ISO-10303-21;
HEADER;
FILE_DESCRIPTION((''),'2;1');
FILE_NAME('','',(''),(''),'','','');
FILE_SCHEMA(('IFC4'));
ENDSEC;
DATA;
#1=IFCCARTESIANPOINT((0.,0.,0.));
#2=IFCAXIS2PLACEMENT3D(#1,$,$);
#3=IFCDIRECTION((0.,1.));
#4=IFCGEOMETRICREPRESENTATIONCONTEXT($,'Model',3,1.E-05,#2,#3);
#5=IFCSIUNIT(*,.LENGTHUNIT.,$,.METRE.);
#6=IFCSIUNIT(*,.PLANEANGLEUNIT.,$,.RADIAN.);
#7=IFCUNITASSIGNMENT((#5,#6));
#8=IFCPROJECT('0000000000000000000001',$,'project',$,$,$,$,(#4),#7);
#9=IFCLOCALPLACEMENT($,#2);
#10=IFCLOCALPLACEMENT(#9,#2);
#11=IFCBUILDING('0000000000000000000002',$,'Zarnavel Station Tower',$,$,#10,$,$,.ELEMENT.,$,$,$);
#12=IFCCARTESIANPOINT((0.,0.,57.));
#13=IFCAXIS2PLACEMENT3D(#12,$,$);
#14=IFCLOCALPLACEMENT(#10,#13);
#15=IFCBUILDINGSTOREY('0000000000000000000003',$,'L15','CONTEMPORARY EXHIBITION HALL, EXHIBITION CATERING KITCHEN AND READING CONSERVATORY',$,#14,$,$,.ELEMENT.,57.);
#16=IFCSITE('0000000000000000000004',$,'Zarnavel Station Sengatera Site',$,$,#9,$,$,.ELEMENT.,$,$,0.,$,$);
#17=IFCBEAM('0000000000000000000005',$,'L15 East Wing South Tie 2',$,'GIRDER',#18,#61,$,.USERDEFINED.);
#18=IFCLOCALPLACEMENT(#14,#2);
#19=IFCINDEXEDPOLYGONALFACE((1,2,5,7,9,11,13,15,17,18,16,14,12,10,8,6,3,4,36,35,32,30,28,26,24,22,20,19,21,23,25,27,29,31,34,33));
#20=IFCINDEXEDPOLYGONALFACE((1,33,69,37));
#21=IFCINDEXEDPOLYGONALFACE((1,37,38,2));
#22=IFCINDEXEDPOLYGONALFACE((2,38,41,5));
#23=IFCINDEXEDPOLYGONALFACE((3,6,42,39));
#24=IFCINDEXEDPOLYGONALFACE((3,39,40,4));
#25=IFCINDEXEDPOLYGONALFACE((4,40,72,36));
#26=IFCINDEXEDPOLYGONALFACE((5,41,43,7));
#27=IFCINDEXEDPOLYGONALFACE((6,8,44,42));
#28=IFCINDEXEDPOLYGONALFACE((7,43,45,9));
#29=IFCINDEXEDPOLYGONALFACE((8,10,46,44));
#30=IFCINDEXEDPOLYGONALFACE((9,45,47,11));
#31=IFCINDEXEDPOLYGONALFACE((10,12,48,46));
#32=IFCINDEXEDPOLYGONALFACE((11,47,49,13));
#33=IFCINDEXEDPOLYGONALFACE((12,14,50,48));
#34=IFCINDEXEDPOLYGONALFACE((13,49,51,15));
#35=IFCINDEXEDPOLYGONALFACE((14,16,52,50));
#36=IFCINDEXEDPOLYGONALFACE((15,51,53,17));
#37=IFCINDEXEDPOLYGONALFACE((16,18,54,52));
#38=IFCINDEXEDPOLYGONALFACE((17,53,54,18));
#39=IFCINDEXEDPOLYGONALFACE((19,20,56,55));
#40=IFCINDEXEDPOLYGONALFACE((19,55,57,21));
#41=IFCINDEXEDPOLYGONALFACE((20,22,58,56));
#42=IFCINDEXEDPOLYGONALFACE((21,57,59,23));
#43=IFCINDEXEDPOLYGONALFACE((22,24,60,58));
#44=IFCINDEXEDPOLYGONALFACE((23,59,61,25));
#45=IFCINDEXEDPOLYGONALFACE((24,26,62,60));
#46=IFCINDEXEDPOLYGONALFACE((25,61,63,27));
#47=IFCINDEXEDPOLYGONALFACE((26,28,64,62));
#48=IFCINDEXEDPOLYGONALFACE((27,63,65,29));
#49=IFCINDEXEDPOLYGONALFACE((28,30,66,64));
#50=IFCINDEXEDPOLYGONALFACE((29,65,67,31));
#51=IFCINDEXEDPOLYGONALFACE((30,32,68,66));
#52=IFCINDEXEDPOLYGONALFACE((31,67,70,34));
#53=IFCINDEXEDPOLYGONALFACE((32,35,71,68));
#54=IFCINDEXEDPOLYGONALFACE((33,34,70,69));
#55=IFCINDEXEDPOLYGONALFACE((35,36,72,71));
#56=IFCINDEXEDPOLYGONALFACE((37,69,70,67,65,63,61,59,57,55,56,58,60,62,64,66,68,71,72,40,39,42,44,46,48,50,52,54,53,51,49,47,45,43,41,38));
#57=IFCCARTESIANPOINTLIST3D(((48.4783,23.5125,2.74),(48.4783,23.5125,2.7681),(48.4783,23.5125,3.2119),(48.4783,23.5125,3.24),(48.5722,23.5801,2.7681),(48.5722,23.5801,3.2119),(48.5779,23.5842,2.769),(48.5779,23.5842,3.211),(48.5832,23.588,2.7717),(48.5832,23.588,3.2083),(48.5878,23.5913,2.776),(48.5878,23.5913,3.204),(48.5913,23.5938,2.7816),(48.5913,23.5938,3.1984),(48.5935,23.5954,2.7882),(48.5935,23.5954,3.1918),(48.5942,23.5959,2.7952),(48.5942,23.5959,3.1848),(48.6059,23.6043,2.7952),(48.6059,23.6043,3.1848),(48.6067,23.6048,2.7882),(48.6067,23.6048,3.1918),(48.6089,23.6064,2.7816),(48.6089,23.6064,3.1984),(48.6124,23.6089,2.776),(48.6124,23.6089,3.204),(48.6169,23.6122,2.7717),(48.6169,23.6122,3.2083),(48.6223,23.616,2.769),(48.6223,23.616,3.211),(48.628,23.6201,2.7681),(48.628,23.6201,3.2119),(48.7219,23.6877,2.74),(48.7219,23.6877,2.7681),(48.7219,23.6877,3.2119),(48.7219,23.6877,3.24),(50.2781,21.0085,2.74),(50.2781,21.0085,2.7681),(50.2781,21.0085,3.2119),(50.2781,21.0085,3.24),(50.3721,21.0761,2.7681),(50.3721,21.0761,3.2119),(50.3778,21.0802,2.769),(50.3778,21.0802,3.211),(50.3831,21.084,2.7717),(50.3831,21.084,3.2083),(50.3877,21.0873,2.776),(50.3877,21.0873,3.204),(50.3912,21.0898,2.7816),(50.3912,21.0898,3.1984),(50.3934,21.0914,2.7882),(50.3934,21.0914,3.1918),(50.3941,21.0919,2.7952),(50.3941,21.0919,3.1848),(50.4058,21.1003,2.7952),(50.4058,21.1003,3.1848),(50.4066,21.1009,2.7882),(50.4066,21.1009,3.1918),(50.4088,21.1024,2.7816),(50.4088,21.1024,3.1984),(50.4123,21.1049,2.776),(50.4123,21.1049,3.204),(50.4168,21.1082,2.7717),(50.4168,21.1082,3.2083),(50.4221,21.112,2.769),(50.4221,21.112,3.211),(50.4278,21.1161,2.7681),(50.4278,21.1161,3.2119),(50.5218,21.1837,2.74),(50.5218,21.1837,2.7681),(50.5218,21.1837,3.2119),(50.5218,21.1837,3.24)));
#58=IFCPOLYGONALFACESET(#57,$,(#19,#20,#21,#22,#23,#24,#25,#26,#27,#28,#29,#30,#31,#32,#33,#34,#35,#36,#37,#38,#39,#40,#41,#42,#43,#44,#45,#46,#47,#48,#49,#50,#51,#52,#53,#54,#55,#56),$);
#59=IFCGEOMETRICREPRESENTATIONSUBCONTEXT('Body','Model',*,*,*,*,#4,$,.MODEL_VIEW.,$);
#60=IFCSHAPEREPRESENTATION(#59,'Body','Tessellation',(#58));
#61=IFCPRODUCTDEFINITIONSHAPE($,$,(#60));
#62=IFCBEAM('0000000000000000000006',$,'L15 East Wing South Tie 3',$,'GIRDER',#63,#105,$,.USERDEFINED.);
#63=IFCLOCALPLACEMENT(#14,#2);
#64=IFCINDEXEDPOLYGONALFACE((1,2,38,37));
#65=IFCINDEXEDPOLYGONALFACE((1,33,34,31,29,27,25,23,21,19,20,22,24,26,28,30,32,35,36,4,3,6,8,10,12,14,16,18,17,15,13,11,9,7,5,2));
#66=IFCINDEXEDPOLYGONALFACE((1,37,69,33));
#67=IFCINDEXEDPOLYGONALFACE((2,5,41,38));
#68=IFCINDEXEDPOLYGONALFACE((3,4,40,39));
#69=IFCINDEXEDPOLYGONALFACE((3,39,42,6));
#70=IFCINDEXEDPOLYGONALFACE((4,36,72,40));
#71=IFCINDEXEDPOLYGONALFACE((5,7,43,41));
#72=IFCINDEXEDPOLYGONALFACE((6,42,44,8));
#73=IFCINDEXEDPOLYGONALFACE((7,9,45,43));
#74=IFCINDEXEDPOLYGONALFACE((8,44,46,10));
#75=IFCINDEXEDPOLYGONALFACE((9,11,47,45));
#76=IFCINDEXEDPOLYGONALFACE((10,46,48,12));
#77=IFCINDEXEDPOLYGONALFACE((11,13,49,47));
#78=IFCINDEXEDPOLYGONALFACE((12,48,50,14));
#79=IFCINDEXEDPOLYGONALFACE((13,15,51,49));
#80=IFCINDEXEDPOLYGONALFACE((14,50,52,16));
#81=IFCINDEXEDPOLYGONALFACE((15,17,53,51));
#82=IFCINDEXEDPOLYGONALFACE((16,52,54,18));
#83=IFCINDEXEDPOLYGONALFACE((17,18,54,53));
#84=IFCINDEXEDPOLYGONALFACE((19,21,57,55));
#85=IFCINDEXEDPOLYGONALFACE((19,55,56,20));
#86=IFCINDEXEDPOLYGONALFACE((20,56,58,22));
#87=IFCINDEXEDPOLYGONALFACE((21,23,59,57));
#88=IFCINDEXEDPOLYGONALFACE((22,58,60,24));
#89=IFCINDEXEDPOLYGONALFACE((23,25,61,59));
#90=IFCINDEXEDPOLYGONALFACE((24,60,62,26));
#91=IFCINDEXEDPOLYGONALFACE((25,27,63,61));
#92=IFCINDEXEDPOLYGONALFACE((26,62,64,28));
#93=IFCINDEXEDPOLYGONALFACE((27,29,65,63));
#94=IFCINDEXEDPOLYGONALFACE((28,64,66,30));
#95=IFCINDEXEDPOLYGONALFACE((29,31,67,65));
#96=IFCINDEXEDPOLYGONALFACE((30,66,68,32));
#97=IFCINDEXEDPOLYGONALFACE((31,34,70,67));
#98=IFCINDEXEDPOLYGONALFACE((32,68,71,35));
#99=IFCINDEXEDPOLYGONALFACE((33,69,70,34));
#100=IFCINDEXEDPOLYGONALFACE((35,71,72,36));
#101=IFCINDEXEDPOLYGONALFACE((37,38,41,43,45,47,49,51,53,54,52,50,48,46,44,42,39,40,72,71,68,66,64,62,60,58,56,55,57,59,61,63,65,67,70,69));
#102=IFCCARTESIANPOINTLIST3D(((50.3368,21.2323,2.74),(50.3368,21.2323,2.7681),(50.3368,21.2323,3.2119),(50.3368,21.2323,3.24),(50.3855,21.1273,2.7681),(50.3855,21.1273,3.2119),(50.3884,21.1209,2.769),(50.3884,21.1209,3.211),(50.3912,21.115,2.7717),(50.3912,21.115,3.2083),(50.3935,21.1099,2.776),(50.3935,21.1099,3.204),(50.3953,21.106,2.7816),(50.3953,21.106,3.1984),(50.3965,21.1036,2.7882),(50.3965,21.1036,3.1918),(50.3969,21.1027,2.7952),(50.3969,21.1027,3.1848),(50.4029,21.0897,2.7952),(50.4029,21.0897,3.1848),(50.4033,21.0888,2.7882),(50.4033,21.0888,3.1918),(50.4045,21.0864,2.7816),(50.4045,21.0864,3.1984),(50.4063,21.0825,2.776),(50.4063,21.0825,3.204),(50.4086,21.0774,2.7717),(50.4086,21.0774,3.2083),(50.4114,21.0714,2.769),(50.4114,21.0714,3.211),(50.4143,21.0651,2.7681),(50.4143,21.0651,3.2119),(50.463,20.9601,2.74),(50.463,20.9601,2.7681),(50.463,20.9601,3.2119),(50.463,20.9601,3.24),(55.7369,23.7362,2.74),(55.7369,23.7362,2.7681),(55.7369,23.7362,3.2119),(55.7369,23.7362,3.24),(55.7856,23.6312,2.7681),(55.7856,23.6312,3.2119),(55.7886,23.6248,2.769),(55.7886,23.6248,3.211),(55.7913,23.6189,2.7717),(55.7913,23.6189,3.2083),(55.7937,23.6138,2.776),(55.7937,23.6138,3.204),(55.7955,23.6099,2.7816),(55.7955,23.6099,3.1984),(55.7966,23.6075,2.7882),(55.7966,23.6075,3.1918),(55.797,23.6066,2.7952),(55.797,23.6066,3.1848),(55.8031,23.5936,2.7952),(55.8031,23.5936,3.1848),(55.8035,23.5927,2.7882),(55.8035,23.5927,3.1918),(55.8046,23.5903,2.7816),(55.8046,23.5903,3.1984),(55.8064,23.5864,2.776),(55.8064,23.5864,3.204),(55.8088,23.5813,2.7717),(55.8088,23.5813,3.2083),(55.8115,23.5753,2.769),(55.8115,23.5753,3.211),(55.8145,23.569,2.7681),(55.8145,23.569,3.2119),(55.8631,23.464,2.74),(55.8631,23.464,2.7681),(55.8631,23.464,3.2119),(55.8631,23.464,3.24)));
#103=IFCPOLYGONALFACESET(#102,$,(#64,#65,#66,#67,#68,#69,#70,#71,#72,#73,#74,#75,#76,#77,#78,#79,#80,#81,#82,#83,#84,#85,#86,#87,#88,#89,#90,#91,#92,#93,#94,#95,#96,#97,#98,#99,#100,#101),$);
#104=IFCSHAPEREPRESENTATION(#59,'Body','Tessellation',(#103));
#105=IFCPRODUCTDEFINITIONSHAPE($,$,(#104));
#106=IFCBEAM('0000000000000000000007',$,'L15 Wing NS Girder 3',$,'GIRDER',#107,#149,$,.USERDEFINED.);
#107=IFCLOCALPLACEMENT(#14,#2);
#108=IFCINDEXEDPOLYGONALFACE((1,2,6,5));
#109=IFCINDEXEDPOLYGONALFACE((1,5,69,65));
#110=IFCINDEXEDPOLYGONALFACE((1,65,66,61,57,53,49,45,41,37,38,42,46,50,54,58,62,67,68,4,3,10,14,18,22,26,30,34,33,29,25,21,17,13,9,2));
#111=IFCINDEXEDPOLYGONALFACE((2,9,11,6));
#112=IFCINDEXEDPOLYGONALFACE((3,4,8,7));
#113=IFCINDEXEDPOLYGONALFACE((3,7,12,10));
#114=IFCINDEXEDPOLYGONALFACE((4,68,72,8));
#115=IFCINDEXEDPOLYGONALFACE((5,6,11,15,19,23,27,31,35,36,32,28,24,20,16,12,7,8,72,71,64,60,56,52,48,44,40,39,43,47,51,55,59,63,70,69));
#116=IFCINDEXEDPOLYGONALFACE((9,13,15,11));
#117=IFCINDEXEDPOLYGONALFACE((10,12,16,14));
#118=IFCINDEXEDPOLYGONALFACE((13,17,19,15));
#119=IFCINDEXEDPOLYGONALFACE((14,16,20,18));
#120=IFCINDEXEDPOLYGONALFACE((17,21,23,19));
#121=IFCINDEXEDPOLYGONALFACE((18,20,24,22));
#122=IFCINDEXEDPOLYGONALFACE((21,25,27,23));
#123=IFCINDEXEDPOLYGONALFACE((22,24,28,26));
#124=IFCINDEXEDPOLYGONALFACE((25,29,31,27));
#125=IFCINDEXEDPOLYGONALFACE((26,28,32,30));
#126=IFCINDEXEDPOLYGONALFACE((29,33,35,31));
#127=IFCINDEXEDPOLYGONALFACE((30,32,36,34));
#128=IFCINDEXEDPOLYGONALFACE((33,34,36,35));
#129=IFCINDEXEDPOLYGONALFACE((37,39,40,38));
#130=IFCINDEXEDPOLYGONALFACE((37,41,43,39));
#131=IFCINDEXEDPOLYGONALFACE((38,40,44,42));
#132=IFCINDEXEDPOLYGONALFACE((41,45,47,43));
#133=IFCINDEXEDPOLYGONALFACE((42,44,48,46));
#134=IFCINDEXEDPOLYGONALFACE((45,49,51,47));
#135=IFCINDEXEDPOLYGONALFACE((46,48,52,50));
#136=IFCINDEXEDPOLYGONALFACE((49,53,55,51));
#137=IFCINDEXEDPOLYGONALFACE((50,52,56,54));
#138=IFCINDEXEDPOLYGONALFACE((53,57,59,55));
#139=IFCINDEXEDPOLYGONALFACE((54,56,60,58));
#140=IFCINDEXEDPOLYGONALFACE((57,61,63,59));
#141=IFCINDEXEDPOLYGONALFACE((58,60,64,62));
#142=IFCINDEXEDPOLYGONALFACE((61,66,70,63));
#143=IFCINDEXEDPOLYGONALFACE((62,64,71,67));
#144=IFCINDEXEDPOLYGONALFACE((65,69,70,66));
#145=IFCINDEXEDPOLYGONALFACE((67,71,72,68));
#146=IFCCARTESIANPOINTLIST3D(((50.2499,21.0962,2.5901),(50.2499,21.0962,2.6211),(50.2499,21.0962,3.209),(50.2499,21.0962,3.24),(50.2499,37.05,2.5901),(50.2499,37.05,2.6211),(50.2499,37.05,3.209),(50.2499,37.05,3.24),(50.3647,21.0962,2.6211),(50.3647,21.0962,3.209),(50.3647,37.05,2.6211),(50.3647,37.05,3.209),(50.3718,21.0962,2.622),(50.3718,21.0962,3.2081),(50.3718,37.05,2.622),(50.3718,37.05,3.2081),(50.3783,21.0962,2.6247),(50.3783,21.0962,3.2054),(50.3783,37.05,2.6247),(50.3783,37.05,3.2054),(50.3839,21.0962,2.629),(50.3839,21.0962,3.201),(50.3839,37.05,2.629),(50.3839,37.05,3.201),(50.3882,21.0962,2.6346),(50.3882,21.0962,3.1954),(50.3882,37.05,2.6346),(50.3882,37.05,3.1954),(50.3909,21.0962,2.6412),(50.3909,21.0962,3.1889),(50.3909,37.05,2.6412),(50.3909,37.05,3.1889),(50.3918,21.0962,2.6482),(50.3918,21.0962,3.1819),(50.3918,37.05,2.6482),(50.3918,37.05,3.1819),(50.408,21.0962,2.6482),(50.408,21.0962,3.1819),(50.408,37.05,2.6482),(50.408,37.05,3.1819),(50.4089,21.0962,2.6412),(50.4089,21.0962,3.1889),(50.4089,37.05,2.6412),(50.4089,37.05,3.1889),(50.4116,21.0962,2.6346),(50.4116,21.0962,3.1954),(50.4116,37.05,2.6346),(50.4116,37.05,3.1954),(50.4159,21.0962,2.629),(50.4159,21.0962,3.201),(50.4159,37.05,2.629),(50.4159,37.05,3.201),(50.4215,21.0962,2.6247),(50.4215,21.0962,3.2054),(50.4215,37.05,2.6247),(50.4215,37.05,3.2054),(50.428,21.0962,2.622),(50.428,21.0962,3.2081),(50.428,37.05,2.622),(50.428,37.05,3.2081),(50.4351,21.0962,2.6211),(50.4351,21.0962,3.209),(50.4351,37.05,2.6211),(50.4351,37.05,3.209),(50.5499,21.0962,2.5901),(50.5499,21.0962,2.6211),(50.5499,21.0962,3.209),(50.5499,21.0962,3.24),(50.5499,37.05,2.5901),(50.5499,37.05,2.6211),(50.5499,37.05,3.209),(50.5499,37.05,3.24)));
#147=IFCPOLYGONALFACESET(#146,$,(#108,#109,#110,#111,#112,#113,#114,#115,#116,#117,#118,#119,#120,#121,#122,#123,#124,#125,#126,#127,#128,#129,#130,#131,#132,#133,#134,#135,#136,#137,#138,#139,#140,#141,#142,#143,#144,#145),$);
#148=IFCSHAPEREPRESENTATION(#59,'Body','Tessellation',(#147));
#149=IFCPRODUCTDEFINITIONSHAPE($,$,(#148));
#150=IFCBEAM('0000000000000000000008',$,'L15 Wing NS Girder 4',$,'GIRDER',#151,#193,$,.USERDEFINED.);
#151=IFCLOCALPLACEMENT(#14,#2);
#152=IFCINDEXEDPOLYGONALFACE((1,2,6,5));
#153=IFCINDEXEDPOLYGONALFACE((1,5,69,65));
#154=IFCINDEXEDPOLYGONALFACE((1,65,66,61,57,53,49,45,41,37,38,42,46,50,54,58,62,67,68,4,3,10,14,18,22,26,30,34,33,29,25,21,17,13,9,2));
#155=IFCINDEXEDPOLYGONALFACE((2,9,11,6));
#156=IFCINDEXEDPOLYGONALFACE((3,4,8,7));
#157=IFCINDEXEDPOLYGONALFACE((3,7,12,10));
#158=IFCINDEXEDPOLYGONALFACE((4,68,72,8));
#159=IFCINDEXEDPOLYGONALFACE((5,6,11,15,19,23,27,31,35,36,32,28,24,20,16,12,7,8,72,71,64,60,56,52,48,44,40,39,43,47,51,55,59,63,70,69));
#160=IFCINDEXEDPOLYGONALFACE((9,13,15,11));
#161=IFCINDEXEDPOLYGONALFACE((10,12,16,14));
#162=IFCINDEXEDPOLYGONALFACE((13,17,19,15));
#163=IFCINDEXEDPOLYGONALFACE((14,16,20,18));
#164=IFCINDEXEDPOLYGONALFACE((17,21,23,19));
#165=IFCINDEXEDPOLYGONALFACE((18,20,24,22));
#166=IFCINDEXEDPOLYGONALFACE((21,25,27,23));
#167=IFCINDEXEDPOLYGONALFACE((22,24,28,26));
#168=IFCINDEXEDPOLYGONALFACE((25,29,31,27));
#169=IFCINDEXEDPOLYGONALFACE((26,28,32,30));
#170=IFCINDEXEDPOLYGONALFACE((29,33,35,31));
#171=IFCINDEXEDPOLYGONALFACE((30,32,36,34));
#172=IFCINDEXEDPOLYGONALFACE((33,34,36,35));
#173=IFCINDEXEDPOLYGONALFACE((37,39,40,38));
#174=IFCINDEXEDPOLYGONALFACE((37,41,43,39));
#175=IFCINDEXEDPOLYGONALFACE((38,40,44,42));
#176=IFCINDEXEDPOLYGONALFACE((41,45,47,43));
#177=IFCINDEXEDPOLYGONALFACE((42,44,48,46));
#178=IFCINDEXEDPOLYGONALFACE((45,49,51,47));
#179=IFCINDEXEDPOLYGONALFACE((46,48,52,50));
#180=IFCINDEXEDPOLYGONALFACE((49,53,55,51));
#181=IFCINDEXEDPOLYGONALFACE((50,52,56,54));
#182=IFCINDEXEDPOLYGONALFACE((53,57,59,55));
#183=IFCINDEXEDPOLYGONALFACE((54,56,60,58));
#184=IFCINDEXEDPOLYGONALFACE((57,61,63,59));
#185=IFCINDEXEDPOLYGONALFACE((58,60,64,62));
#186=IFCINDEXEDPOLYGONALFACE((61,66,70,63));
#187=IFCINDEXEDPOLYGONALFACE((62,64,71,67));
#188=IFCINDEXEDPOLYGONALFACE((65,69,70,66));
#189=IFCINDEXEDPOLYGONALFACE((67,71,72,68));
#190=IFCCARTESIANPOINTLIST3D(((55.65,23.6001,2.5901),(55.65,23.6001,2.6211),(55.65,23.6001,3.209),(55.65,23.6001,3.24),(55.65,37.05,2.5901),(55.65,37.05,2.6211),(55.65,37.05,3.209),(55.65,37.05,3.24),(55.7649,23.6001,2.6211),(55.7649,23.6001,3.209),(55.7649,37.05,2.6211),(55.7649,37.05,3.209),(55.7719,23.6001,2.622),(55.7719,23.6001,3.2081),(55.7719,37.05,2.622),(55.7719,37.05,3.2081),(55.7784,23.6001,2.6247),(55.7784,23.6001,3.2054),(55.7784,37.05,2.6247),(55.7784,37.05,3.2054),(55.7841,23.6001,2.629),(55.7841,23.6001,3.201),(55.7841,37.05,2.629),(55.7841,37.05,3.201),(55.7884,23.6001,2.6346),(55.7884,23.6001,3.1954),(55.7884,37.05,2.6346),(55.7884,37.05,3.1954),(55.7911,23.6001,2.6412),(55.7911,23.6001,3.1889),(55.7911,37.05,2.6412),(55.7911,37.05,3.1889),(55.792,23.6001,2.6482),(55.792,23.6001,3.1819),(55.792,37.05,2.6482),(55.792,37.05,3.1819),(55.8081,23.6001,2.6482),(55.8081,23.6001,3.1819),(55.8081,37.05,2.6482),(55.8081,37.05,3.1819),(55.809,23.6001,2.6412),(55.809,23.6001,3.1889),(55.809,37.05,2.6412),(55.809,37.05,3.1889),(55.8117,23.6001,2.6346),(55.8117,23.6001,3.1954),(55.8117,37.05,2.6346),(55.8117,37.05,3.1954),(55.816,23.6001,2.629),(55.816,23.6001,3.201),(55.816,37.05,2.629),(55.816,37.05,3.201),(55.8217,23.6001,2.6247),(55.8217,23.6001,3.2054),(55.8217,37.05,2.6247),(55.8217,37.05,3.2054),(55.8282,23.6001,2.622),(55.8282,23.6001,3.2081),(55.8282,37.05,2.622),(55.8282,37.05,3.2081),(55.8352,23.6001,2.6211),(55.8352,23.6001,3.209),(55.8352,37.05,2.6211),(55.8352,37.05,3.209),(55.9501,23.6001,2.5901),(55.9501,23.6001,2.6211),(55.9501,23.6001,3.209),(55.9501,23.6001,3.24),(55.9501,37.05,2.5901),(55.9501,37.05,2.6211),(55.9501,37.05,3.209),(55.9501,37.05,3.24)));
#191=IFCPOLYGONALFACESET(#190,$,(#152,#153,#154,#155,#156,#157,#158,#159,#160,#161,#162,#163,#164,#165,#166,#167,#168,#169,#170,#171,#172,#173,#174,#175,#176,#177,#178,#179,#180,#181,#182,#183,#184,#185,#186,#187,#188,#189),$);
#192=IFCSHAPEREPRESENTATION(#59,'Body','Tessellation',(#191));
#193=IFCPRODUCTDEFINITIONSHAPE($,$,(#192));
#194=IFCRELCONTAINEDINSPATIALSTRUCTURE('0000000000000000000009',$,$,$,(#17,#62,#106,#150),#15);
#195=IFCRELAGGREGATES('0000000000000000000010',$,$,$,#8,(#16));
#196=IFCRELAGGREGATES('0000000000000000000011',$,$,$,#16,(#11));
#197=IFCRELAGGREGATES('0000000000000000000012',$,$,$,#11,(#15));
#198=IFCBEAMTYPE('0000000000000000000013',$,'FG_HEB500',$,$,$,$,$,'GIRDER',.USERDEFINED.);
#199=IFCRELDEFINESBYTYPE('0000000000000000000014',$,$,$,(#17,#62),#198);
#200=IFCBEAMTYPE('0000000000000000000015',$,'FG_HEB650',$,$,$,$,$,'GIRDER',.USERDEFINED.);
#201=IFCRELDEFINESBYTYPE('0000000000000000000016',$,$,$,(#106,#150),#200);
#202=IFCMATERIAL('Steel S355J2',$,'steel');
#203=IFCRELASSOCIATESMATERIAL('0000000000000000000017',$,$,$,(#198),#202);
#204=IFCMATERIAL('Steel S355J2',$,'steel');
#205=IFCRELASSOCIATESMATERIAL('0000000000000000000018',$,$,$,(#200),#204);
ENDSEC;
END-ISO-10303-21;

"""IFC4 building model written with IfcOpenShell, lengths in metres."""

from ifc_helpers import new_model, si_unit, direction, frame, origin, origin_2d, place, context, subcontext, project, spatial, i_section, extrude, material, material_profile, profile_set, type_object, element, save


model = new_model("IFC4")

# Units and contexts
model_context = context("Model", 3, precision=1e-05, world=origin(), true_north=direction((0.0, 1.0)))
body_context = subcontext(model_context, "Body", "Model", "MODEL_VIEW")
ifc_project = project(units=[si_unit("LENGTHUNIT", "METRE"), si_unit("PLANEANGLEUNIT", "RADIAN")], contexts=[model_context])

# Site, building, storey
site_placement = place(None, origin())
site = spatial("IfcSite", under=ifc_project, at=site_placement, Name="Zarnavel Station Sengatera Site", CompositionType="ELEMENT", RefElevation=0.0)
building_placement = place(site_placement, origin())
building = spatial("IfcBuilding", under=site, at=building_placement, Name="Zarnavel Station Tower", CompositionType="ELEMENT")
storey_placement = place(building_placement, frame((0.0, 0.0, 57.0)))
storey = spatial("IfcBuildingStorey", under=building, at=storey_placement, Name="L15", Description="CONTEMPORARY EXHIBITION HALL, EXHIBITION CATERING KITCHEN AND READING CONSERVATORY", CompositionType="ELEMENT", Elevation=57.0)

# Beams
ifc_material_1 = material(Name="Steel S355J2", Category="steel")
ifc_material_profile_1 = material_profile(ifc_material_1, i_section(OverallWidth=0.3, OverallDepth=0.5, WebThickness=0.0144, FlangeThickness=0.0281, FilletRadius=0.0271, at=origin_2d()), Name="HEB500")
ifc_profile_set_1 = profile_set([ifc_material_profile_1], Name="Steel S355J2")
beam_type_1 = type_object("IfcBeamType", Name="FG_HEB500", ElementType="GIRDER", PredefinedType="USERDEFINED", material=ifc_profile_set_1)
beam_1_placement = place(storey_placement, frame((48.6001, 23.6001, 2.99), z_axis=(0.583662, -0.811997, 0.0), x_axis=(0.811997, 0.583662, 0.0)))
element("IfcBeam", 1, at=beam_1_placement, inside=storey, type_object=beam_type_1, Name="L15 East Wing South Tie 2", ObjectType="GIRDER", PredefinedType="USERDEFINED", context=body_context, shape_type="SweptSolid", body=[
    extrude(i_section(OverallWidth=0.3, OverallDepth=0.5, WebThickness=0.0144, FlangeThickness=0.0281, FilletRadius=0.0271, at=origin_2d()), origin(), (0.0, 0.0, 1.0), 3.0837),
])
beam_2_placement = place(storey_placement, frame((50.3999, 21.0962, 2.99), z_axis=(0.907221, 0.420655, 0.0), x_axis=(-0.420655, 0.907221, 0.0)))
element("IfcBeam", 2, at=beam_2_placement, inside=storey, type_object=beam_type_1, Name="L15 East Wing South Tie 3", ObjectType="GIRDER", PredefinedType="USERDEFINED", context=body_context, shape_type="SweptSolid", body=[
    extrude(i_section(OverallWidth=0.3, OverallDepth=0.5, WebThickness=0.0144, FlangeThickness=0.0281, FilletRadius=0.0271, at=origin_2d()), origin(), (0.0, 0.0, 1.0), 5.9524),
])
ifc_material_2 = material(Name="Steel S355J2", Category="steel")
ifc_material_profile_2 = material_profile(ifc_material_2, i_section(OverallWidth=0.3, OverallDepth=0.6499, WebThickness=0.0161, FlangeThickness=0.031, FilletRadius=0.0271, at=origin_2d()), Name="HEB650")
ifc_profile_set_2 = profile_set([ifc_material_profile_2], Name="Steel S355J2")
beam_type_2 = type_object("IfcBeamType", Name="FG_HEB650", ElementType="GIRDER", PredefinedType="USERDEFINED", material=ifc_profile_set_2)
beam_3_placement = place(storey_placement, frame((50.3999, 21.0962, 2.915), z_axis=(0.0, 1.0, 0.0), x_axis=(-1.0, 0.0, 0.0)))
element("IfcBeam", 3, at=beam_3_placement, inside=storey, type_object=beam_type_2, Name="L15 Wing NS Girder 3", ObjectType="GIRDER", PredefinedType="USERDEFINED", context=body_context, shape_type="SweptSolid", body=[
    extrude(i_section(OverallWidth=0.3, OverallDepth=0.6499, WebThickness=0.0161, FlangeThickness=0.031, FilletRadius=0.0271, at=origin_2d()), origin(), (0.0, 0.0, 1.0), 15.9539),
])
beam_4_placement = place(storey_placement, frame((55.8, 23.6001, 2.915), z_axis=(0.0, 1.0, 0.0), x_axis=(-1.0, 0.0, 0.0)))
element("IfcBeam", 4, at=beam_4_placement, inside=storey, type_object=beam_type_2, Name="L15 Wing NS Girder 4", ObjectType="GIRDER", PredefinedType="USERDEFINED", context=body_context, shape_type="SweptSolid", body=[
    extrude(i_section(OverallWidth=0.3, OverallDepth=0.6499, WebThickness=0.0161, FlangeThickness=0.031, FilletRadius=0.0271, at=origin_2d()), origin(), (0.0, 0.0, 1.0), 13.45),
])

save(model, "model.ifc")
